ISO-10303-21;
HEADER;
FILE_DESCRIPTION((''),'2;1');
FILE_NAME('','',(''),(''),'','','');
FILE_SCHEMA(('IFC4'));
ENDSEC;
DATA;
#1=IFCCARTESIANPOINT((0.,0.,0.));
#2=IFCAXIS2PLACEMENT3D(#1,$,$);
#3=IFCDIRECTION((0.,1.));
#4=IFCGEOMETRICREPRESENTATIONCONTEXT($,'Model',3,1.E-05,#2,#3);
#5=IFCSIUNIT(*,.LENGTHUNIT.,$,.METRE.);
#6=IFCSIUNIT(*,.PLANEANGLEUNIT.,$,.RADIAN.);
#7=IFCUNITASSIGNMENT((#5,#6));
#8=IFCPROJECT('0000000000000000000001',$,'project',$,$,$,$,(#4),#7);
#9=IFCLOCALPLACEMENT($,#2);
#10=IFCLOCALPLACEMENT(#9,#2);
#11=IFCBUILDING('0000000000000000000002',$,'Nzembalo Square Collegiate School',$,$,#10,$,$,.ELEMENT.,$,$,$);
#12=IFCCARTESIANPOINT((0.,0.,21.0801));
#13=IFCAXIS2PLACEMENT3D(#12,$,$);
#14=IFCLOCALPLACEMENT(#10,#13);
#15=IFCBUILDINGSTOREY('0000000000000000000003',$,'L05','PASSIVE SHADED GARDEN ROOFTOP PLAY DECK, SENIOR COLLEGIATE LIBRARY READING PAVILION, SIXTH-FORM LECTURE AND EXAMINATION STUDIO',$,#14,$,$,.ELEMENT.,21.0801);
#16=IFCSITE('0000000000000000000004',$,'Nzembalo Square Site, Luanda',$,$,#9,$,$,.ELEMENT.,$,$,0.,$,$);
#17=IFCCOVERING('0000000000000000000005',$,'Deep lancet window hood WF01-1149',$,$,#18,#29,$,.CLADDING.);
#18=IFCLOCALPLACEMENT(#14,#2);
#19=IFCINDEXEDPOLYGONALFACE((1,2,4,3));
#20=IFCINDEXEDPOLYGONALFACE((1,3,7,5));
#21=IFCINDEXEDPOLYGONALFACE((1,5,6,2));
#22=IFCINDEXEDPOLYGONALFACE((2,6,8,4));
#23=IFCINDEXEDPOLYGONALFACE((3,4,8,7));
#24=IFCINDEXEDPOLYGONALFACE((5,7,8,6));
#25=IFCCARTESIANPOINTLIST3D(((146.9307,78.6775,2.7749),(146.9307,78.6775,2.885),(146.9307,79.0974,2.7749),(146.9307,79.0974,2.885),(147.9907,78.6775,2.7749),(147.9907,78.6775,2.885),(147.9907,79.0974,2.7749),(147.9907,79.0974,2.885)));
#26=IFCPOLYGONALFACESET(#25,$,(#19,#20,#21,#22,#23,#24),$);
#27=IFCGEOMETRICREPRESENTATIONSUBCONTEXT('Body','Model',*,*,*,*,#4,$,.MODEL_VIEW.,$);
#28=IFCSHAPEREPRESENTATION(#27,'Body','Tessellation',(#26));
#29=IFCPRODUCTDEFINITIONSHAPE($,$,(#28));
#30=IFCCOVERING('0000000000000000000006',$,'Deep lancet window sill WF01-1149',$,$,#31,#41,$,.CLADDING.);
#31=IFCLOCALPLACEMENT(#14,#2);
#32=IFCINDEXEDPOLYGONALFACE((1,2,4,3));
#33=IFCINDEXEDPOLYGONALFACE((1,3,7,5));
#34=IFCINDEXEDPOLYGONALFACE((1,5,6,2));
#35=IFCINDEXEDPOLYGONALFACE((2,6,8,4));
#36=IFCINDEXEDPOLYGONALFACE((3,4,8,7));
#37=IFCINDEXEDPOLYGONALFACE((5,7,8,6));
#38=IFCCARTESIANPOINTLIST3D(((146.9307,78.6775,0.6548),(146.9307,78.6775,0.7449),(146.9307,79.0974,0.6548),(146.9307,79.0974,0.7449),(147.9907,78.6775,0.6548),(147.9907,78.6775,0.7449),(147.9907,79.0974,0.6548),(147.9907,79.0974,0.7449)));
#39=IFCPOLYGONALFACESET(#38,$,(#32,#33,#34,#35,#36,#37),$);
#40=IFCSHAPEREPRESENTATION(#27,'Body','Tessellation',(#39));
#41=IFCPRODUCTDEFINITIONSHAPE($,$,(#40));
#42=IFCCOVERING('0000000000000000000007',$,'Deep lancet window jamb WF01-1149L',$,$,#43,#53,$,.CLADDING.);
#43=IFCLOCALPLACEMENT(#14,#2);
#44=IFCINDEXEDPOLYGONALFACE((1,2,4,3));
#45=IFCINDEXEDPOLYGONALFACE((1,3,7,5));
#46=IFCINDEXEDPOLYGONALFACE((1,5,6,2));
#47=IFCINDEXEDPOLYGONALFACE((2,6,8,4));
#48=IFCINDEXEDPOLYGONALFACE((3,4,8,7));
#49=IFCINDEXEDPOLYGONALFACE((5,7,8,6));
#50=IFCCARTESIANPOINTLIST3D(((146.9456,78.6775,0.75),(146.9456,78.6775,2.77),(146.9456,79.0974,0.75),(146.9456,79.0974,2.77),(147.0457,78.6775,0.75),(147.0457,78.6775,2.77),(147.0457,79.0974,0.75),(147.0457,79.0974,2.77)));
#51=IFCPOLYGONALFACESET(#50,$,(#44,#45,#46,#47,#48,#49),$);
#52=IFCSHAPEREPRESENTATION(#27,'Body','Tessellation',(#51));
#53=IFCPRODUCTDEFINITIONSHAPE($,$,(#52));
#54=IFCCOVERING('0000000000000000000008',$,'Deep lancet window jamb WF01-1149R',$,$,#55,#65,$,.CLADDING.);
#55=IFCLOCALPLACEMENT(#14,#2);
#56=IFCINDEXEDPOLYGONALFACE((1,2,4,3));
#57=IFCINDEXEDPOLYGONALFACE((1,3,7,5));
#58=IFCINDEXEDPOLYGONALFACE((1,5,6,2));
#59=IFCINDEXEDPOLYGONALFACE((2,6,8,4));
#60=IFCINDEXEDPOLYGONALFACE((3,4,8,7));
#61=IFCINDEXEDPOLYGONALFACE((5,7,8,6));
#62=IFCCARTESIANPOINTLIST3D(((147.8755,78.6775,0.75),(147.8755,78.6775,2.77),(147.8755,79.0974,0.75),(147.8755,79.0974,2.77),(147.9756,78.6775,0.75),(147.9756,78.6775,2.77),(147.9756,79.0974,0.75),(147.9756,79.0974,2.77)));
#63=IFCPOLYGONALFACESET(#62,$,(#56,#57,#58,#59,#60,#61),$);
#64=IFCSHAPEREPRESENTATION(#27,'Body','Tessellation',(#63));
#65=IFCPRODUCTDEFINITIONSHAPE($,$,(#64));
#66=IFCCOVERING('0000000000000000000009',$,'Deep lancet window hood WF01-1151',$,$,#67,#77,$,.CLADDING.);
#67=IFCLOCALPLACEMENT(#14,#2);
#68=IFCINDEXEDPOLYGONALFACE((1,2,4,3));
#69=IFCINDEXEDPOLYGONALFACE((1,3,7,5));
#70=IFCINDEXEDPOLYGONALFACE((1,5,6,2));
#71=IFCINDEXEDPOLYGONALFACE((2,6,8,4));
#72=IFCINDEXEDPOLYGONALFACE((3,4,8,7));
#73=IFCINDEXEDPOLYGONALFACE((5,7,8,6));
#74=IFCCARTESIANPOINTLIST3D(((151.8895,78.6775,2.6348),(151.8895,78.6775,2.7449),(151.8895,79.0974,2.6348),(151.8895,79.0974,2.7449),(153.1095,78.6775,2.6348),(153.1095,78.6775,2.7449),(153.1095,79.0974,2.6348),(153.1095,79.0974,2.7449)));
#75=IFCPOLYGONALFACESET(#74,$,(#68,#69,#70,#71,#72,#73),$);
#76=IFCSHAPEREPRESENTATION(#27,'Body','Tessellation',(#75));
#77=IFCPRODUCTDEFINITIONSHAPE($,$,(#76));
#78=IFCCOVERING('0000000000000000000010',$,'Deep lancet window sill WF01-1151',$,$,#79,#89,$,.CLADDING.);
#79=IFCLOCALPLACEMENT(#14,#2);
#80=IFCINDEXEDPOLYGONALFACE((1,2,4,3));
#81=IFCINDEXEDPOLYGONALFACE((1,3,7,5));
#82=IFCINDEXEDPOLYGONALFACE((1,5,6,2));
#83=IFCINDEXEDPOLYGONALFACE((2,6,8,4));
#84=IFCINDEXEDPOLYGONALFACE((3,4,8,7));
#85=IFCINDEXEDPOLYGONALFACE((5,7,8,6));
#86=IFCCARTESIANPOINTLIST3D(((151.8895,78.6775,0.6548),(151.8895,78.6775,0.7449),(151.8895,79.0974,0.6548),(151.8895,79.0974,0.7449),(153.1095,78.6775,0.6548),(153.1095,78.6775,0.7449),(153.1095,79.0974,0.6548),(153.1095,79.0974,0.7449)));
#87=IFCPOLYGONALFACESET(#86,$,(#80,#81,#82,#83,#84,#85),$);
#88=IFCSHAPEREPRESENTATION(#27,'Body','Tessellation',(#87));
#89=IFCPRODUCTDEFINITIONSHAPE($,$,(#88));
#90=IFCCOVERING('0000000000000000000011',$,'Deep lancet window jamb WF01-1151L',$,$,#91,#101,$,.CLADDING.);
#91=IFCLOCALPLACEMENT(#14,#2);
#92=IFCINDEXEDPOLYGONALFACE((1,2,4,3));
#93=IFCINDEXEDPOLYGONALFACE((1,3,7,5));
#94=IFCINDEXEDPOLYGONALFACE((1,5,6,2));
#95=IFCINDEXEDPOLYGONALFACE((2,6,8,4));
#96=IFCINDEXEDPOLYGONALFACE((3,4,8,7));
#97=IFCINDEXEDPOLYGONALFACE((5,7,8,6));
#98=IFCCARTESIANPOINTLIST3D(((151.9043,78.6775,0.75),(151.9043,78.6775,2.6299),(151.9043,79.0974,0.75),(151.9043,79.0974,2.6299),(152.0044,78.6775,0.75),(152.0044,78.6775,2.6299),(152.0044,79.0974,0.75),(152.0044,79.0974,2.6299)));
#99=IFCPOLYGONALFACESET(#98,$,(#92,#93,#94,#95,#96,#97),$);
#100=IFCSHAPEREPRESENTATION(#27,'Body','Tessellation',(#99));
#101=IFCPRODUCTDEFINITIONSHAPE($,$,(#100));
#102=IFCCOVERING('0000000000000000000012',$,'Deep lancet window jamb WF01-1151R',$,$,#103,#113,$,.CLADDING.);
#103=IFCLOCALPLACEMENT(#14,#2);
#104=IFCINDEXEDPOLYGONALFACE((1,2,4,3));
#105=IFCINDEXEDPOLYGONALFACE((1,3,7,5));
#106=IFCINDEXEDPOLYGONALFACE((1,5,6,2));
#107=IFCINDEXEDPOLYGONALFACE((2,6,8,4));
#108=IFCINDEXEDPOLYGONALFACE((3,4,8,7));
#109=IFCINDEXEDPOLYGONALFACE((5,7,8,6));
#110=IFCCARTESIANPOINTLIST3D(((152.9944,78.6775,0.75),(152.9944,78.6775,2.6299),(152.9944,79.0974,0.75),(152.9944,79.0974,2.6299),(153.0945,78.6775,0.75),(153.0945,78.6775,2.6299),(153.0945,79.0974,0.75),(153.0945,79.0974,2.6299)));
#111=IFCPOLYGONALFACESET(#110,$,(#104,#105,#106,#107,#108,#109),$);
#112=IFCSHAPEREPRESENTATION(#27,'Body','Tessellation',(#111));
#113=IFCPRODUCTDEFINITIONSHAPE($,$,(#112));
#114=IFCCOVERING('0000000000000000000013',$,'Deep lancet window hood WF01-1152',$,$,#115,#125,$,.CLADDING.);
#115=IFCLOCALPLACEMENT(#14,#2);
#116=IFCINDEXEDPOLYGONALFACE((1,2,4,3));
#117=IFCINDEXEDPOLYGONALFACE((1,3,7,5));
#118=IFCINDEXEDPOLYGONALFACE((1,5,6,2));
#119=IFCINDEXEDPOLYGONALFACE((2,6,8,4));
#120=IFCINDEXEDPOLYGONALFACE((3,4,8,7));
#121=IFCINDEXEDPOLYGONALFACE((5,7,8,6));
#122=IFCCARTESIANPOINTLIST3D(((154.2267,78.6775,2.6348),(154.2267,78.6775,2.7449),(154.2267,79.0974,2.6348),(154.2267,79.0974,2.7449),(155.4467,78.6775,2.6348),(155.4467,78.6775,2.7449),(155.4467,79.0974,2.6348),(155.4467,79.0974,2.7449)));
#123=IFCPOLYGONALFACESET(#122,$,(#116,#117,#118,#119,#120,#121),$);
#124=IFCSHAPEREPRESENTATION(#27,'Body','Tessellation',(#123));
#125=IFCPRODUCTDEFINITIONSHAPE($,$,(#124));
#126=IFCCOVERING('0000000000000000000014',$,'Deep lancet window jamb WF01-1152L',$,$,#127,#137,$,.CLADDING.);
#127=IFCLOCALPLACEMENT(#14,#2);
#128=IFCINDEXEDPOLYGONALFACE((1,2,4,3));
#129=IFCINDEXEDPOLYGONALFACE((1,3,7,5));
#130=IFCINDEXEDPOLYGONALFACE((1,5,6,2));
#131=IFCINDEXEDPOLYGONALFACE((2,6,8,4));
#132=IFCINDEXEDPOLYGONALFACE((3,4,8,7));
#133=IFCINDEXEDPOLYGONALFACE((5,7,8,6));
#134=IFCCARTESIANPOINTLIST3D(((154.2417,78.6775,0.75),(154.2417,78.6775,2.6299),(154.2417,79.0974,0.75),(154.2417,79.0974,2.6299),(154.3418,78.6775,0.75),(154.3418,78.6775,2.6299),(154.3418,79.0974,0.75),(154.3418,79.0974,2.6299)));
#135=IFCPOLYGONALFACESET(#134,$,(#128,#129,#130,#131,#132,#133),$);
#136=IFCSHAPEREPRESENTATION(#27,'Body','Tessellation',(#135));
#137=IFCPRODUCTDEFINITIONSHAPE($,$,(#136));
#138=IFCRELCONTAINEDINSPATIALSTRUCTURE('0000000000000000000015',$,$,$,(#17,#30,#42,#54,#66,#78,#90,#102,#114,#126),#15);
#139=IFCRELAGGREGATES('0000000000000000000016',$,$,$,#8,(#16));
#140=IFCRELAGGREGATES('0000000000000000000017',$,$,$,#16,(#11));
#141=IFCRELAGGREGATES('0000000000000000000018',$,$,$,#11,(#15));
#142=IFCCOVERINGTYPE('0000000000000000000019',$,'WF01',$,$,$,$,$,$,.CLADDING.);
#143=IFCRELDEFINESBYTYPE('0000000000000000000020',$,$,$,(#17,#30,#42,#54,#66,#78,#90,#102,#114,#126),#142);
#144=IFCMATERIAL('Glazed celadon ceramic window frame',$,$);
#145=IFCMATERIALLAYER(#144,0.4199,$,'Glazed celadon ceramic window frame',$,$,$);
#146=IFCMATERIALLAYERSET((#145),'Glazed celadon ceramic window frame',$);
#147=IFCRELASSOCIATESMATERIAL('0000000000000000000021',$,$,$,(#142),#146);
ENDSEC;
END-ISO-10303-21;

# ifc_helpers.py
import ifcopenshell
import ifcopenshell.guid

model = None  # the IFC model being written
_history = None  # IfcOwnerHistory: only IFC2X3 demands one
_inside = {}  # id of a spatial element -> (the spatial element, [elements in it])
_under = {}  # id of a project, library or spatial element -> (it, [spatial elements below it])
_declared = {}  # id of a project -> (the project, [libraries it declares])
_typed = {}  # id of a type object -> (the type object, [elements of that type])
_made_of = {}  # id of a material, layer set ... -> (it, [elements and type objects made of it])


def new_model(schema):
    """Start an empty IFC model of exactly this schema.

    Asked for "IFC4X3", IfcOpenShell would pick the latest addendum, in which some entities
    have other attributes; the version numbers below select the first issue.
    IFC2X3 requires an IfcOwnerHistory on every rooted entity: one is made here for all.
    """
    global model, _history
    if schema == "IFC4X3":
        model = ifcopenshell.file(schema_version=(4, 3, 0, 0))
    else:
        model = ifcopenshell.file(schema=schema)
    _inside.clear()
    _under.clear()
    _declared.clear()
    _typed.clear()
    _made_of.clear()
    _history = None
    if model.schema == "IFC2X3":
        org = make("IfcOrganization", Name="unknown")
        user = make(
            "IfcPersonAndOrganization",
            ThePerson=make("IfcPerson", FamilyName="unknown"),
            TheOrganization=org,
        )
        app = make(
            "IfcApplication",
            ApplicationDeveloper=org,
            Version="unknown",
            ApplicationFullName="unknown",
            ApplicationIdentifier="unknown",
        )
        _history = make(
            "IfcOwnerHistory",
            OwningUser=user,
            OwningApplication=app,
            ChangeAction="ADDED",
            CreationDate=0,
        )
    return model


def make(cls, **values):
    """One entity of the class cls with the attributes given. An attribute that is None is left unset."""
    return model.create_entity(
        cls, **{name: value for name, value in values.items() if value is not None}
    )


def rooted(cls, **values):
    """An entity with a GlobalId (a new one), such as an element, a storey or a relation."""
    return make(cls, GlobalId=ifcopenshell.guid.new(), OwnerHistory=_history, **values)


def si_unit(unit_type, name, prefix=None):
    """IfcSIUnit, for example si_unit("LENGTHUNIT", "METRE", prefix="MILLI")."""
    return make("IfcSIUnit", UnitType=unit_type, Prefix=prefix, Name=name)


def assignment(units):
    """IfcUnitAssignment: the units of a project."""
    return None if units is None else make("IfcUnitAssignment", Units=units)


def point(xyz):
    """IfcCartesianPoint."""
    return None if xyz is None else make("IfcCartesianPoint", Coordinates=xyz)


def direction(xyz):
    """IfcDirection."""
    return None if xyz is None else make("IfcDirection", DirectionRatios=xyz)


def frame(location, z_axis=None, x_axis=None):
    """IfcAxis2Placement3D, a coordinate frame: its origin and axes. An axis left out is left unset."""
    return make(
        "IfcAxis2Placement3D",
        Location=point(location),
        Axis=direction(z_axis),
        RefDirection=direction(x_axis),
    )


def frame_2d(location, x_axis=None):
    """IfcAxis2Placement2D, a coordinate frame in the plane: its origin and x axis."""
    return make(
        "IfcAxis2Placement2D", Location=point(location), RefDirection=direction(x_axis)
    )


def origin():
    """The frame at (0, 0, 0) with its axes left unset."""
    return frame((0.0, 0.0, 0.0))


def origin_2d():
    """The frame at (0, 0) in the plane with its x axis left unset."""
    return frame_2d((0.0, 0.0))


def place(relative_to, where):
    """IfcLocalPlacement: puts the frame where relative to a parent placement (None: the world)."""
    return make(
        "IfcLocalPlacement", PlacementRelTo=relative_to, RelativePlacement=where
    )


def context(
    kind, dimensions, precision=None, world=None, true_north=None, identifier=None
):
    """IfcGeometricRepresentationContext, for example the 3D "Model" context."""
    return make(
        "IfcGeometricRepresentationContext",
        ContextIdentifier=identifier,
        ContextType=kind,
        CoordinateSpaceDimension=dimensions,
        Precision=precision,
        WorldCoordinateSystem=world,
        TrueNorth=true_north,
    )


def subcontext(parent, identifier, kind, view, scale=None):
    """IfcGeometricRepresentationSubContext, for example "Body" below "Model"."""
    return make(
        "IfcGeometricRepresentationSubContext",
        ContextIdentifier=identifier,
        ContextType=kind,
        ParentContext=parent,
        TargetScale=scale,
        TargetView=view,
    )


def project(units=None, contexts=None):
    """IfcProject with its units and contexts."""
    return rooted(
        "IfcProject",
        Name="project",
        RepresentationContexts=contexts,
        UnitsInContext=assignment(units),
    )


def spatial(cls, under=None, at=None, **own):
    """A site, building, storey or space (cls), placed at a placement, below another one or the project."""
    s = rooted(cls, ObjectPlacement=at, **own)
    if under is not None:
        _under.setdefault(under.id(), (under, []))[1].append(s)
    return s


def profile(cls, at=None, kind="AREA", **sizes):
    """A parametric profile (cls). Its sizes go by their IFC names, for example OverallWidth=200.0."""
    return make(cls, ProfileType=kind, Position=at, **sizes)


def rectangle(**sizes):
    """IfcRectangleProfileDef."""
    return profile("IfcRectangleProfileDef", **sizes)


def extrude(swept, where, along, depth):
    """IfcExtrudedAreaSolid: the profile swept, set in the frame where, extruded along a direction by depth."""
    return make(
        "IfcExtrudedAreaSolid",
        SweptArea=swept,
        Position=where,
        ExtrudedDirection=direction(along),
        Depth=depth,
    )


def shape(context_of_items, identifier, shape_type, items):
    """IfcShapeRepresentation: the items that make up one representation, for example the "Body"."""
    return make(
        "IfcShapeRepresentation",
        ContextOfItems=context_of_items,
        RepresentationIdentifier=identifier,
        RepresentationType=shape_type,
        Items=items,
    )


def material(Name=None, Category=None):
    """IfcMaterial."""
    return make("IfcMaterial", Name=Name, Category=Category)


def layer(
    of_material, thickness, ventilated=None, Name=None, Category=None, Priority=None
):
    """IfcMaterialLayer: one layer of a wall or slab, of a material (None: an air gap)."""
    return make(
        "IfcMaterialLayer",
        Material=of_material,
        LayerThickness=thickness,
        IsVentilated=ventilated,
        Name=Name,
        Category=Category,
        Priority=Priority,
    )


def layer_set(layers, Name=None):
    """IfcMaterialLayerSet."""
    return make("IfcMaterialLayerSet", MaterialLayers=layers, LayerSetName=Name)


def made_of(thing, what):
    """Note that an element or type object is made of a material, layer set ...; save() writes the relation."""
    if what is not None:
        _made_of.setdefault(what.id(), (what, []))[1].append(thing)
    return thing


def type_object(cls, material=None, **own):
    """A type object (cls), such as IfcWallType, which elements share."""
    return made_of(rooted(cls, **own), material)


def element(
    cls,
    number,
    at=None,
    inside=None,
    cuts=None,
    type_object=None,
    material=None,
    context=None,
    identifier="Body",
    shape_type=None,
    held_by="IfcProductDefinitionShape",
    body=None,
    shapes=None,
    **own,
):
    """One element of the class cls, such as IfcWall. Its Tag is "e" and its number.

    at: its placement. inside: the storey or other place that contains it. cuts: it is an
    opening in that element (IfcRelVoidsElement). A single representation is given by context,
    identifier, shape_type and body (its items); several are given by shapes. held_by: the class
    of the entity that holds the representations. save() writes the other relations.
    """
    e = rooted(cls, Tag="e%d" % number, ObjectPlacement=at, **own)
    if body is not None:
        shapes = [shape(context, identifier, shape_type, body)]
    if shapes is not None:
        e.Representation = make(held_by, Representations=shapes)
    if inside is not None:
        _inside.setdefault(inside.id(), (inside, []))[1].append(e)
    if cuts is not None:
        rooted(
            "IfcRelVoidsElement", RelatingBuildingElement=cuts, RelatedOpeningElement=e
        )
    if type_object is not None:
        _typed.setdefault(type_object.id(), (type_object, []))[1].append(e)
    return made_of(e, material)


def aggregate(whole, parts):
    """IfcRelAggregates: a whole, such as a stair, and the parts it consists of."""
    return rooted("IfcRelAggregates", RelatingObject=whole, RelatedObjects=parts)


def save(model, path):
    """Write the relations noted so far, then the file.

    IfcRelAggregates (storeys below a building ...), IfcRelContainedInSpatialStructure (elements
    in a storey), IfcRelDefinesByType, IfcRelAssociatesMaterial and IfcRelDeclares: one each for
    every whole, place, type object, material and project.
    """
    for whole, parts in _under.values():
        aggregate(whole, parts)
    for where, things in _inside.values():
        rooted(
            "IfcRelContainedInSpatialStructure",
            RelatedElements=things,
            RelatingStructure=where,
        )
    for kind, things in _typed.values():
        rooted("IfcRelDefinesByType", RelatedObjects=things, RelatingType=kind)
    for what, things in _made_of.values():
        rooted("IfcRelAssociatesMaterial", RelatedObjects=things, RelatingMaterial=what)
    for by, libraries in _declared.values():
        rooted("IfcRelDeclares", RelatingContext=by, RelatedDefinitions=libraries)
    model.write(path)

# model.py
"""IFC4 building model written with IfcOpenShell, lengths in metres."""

from ifc_helpers import new_model, si_unit, direction, frame, origin, origin_2d, place, context, subcontext, project, spatial, rectangle, extrude, material, layer, layer_set, type_object, element, save


model = new_model("IFC4")

# Units and contexts
model_context = context("Model", 3, precision=1e-05, world=origin(), true_north=direction((0.0, 1.0)))
body_context = subcontext(model_context, "Body", "Model", "MODEL_VIEW")
ifc_project = project(units=[si_unit("LENGTHUNIT", "METRE"), si_unit("PLANEANGLEUNIT", "RADIAN")], contexts=[model_context])

# Site, building, storey
site_placement = place(None, origin())
site = spatial("IfcSite", under=ifc_project, at=site_placement, Name="Nzembalo Square Site, Luanda", CompositionType="ELEMENT", RefElevation=0.0)
building_placement = place(site_placement, origin())
building = spatial("IfcBuilding", under=site, at=building_placement, Name="Nzembalo Square Collegiate School", CompositionType="ELEMENT")
storey_placement = place(building_placement, frame((0.0, 0.0, 21.0801)))
storey = spatial("IfcBuildingStorey", under=building, at=storey_placement, Name="L05", Description="PASSIVE SHADED GARDEN ROOFTOP PLAY DECK, SENIOR COLLEGIATE LIBRARY READING PAVILION, SIXTH-FORM LECTURE AND EXAMINATION STUDIO", CompositionType="ELEMENT", Elevation=21.0801)

# Coverings
ifc_material_1 = material(Name="Glazed celadon ceramic window frame")
ifc_layer_1 = layer(ifc_material_1, 0.4199, Name="Glazed celadon ceramic window frame")
ifc_layer_set_1 = layer_set([ifc_layer_1], Name="Glazed celadon ceramic window frame")
covering_type = type_object("IfcCoveringType", Name="WF01", PredefinedType="CLADDING", material=ifc_layer_set_1)
covering_1_placement = place(storey_placement, frame((147.4607, 78.8875, 2.7749), z_axis=(0.0, 0.0, 1.0), x_axis=(1.0, 0.0, 0.0)))
element("IfcCovering", 1, at=covering_1_placement, inside=storey, type_object=covering_type, Name="Deep lancet window hood WF01-1149", PredefinedType="CLADDING", context=body_context, shape_type="SweptSolid", body=[
    extrude(rectangle(XDim=1.0601, YDim=0.4199, at=origin_2d()), origin(), (0.0, 0.0, 1.0), 0.1101),
])
covering_2_placement = place(storey_placement, frame((147.4607, 78.8875, 0.6548), z_axis=(0.0, 0.0, 1.0), x_axis=(1.0, 0.0, 0.0)))
element("IfcCovering", 2, at=covering_2_placement, inside=storey, type_object=covering_type, Name="Deep lancet window sill WF01-1149", PredefinedType="CLADDING", context=body_context, shape_type="SweptSolid", body=[
    extrude(rectangle(XDim=1.0601, YDim=0.4199, at=origin_2d()), origin(), (0.0, 0.0, 1.0), 0.0901),
])
for number, where, z_axis, x_axis, name in (
    (3, (146.9956, 78.8875, 0.75), (0.0, 0.0, 1.0), (1.0, 0.0, 0.0), "Deep lancet window jamb WF01-1149L"),
    (4, (147.9255, 78.8875, 0.75), (0.0, 0.0, 1.0), (1.0, 0.0, 0.0), "Deep lancet window jamb WF01-1149R"),
):
    element("IfcCovering", number, at=place(storey_placement, frame(where, z_axis=z_axis, x_axis=x_axis)), inside=storey, type_object=covering_type, Name=name, PredefinedType="CLADDING", context=body_context, shape_type="SweptSolid", body=[
        extrude(rectangle(XDim=0.1001, YDim=0.4199, at=origin_2d()), origin(), (0.0, 0.0, 1.0), 2.02),
    ])
covering_3_placement = place(storey_placement, frame((152.4995, 78.8875, 2.6348), z_axis=(0.0, 0.0, 1.0), x_axis=(1.0, 0.0, 0.0)))
element("IfcCovering", 5, at=covering_3_placement, inside=storey, type_object=covering_type, Name="Deep lancet window hood WF01-1151", PredefinedType="CLADDING", context=body_context, shape_type="SweptSolid", body=[
    extrude(rectangle(XDim=1.22, YDim=0.4199, at=origin_2d()), origin(), (0.0, 0.0, 1.0), 0.1101),
])
covering_4_placement = place(storey_placement, frame((152.4995, 78.8875, 0.6548), z_axis=(0.0, 0.0, 1.0), x_axis=(1.0, 0.0, 0.0)))
element("IfcCovering", 6, at=covering_4_placement, inside=storey, type_object=covering_type, Name="Deep lancet window sill WF01-1151", PredefinedType="CLADDING", context=body_context, shape_type="SweptSolid", body=[
    extrude(rectangle(XDim=1.22, YDim=0.4199, at=origin_2d()), origin(), (0.0, 0.0, 1.0), 0.0901),
])
for number, where, z_axis, x_axis, name in (
    (7, (151.9543, 78.8875, 0.75), (0.0, 0.0, 1.0), (1.0, 0.0, 0.0), "Deep lancet window jamb WF01-1151L"),
    (8, (153.0444, 78.8875, 0.75), (0.0, 0.0, 1.0), (1.0, 0.0, 0.0), "Deep lancet window jamb WF01-1151R"),
):
    element("IfcCovering", number, at=place(storey_placement, frame(where, z_axis=z_axis, x_axis=x_axis)), inside=storey, type_object=covering_type, Name=name, PredefinedType="CLADDING", context=body_context, shape_type="SweptSolid", body=[
        extrude(rectangle(XDim=0.1001, YDim=0.4199, at=origin_2d()), origin(), (0.0, 0.0, 1.0), 1.8799),
    ])
covering_5_placement = place(storey_placement, frame((154.8367, 78.8875, 2.6348), z_axis=(0.0, 0.0, 1.0), x_axis=(1.0, 0.0, 0.0)))
element("IfcCovering", 9, at=covering_5_placement, inside=storey, type_object=covering_type, Name="Deep lancet window hood WF01-1152", PredefinedType="CLADDING", context=body_context, shape_type="SweptSolid", body=[
    extrude(rectangle(XDim=1.22, YDim=0.4199, at=origin_2d()), origin(), (0.0, 0.0, 1.0), 0.1101),
])
covering_6_placement = place(storey_placement, frame((154.2917, 78.8875, 0.75), z_axis=(0.0, 0.0, 1.0), x_axis=(1.0, 0.0, 0.0)))
element("IfcCovering", 10, at=covering_6_placement, inside=storey, type_object=covering_type, Name="Deep lancet window jamb WF01-1152L", PredefinedType="CLADDING", context=body_context, shape_type="SweptSolid", body=[
    extrude(rectangle(XDim=0.1001, YDim=0.4199, at=origin_2d()), origin(), (0.0, 0.0, 1.0), 1.8799),
])

save(model, "model.ifc")
